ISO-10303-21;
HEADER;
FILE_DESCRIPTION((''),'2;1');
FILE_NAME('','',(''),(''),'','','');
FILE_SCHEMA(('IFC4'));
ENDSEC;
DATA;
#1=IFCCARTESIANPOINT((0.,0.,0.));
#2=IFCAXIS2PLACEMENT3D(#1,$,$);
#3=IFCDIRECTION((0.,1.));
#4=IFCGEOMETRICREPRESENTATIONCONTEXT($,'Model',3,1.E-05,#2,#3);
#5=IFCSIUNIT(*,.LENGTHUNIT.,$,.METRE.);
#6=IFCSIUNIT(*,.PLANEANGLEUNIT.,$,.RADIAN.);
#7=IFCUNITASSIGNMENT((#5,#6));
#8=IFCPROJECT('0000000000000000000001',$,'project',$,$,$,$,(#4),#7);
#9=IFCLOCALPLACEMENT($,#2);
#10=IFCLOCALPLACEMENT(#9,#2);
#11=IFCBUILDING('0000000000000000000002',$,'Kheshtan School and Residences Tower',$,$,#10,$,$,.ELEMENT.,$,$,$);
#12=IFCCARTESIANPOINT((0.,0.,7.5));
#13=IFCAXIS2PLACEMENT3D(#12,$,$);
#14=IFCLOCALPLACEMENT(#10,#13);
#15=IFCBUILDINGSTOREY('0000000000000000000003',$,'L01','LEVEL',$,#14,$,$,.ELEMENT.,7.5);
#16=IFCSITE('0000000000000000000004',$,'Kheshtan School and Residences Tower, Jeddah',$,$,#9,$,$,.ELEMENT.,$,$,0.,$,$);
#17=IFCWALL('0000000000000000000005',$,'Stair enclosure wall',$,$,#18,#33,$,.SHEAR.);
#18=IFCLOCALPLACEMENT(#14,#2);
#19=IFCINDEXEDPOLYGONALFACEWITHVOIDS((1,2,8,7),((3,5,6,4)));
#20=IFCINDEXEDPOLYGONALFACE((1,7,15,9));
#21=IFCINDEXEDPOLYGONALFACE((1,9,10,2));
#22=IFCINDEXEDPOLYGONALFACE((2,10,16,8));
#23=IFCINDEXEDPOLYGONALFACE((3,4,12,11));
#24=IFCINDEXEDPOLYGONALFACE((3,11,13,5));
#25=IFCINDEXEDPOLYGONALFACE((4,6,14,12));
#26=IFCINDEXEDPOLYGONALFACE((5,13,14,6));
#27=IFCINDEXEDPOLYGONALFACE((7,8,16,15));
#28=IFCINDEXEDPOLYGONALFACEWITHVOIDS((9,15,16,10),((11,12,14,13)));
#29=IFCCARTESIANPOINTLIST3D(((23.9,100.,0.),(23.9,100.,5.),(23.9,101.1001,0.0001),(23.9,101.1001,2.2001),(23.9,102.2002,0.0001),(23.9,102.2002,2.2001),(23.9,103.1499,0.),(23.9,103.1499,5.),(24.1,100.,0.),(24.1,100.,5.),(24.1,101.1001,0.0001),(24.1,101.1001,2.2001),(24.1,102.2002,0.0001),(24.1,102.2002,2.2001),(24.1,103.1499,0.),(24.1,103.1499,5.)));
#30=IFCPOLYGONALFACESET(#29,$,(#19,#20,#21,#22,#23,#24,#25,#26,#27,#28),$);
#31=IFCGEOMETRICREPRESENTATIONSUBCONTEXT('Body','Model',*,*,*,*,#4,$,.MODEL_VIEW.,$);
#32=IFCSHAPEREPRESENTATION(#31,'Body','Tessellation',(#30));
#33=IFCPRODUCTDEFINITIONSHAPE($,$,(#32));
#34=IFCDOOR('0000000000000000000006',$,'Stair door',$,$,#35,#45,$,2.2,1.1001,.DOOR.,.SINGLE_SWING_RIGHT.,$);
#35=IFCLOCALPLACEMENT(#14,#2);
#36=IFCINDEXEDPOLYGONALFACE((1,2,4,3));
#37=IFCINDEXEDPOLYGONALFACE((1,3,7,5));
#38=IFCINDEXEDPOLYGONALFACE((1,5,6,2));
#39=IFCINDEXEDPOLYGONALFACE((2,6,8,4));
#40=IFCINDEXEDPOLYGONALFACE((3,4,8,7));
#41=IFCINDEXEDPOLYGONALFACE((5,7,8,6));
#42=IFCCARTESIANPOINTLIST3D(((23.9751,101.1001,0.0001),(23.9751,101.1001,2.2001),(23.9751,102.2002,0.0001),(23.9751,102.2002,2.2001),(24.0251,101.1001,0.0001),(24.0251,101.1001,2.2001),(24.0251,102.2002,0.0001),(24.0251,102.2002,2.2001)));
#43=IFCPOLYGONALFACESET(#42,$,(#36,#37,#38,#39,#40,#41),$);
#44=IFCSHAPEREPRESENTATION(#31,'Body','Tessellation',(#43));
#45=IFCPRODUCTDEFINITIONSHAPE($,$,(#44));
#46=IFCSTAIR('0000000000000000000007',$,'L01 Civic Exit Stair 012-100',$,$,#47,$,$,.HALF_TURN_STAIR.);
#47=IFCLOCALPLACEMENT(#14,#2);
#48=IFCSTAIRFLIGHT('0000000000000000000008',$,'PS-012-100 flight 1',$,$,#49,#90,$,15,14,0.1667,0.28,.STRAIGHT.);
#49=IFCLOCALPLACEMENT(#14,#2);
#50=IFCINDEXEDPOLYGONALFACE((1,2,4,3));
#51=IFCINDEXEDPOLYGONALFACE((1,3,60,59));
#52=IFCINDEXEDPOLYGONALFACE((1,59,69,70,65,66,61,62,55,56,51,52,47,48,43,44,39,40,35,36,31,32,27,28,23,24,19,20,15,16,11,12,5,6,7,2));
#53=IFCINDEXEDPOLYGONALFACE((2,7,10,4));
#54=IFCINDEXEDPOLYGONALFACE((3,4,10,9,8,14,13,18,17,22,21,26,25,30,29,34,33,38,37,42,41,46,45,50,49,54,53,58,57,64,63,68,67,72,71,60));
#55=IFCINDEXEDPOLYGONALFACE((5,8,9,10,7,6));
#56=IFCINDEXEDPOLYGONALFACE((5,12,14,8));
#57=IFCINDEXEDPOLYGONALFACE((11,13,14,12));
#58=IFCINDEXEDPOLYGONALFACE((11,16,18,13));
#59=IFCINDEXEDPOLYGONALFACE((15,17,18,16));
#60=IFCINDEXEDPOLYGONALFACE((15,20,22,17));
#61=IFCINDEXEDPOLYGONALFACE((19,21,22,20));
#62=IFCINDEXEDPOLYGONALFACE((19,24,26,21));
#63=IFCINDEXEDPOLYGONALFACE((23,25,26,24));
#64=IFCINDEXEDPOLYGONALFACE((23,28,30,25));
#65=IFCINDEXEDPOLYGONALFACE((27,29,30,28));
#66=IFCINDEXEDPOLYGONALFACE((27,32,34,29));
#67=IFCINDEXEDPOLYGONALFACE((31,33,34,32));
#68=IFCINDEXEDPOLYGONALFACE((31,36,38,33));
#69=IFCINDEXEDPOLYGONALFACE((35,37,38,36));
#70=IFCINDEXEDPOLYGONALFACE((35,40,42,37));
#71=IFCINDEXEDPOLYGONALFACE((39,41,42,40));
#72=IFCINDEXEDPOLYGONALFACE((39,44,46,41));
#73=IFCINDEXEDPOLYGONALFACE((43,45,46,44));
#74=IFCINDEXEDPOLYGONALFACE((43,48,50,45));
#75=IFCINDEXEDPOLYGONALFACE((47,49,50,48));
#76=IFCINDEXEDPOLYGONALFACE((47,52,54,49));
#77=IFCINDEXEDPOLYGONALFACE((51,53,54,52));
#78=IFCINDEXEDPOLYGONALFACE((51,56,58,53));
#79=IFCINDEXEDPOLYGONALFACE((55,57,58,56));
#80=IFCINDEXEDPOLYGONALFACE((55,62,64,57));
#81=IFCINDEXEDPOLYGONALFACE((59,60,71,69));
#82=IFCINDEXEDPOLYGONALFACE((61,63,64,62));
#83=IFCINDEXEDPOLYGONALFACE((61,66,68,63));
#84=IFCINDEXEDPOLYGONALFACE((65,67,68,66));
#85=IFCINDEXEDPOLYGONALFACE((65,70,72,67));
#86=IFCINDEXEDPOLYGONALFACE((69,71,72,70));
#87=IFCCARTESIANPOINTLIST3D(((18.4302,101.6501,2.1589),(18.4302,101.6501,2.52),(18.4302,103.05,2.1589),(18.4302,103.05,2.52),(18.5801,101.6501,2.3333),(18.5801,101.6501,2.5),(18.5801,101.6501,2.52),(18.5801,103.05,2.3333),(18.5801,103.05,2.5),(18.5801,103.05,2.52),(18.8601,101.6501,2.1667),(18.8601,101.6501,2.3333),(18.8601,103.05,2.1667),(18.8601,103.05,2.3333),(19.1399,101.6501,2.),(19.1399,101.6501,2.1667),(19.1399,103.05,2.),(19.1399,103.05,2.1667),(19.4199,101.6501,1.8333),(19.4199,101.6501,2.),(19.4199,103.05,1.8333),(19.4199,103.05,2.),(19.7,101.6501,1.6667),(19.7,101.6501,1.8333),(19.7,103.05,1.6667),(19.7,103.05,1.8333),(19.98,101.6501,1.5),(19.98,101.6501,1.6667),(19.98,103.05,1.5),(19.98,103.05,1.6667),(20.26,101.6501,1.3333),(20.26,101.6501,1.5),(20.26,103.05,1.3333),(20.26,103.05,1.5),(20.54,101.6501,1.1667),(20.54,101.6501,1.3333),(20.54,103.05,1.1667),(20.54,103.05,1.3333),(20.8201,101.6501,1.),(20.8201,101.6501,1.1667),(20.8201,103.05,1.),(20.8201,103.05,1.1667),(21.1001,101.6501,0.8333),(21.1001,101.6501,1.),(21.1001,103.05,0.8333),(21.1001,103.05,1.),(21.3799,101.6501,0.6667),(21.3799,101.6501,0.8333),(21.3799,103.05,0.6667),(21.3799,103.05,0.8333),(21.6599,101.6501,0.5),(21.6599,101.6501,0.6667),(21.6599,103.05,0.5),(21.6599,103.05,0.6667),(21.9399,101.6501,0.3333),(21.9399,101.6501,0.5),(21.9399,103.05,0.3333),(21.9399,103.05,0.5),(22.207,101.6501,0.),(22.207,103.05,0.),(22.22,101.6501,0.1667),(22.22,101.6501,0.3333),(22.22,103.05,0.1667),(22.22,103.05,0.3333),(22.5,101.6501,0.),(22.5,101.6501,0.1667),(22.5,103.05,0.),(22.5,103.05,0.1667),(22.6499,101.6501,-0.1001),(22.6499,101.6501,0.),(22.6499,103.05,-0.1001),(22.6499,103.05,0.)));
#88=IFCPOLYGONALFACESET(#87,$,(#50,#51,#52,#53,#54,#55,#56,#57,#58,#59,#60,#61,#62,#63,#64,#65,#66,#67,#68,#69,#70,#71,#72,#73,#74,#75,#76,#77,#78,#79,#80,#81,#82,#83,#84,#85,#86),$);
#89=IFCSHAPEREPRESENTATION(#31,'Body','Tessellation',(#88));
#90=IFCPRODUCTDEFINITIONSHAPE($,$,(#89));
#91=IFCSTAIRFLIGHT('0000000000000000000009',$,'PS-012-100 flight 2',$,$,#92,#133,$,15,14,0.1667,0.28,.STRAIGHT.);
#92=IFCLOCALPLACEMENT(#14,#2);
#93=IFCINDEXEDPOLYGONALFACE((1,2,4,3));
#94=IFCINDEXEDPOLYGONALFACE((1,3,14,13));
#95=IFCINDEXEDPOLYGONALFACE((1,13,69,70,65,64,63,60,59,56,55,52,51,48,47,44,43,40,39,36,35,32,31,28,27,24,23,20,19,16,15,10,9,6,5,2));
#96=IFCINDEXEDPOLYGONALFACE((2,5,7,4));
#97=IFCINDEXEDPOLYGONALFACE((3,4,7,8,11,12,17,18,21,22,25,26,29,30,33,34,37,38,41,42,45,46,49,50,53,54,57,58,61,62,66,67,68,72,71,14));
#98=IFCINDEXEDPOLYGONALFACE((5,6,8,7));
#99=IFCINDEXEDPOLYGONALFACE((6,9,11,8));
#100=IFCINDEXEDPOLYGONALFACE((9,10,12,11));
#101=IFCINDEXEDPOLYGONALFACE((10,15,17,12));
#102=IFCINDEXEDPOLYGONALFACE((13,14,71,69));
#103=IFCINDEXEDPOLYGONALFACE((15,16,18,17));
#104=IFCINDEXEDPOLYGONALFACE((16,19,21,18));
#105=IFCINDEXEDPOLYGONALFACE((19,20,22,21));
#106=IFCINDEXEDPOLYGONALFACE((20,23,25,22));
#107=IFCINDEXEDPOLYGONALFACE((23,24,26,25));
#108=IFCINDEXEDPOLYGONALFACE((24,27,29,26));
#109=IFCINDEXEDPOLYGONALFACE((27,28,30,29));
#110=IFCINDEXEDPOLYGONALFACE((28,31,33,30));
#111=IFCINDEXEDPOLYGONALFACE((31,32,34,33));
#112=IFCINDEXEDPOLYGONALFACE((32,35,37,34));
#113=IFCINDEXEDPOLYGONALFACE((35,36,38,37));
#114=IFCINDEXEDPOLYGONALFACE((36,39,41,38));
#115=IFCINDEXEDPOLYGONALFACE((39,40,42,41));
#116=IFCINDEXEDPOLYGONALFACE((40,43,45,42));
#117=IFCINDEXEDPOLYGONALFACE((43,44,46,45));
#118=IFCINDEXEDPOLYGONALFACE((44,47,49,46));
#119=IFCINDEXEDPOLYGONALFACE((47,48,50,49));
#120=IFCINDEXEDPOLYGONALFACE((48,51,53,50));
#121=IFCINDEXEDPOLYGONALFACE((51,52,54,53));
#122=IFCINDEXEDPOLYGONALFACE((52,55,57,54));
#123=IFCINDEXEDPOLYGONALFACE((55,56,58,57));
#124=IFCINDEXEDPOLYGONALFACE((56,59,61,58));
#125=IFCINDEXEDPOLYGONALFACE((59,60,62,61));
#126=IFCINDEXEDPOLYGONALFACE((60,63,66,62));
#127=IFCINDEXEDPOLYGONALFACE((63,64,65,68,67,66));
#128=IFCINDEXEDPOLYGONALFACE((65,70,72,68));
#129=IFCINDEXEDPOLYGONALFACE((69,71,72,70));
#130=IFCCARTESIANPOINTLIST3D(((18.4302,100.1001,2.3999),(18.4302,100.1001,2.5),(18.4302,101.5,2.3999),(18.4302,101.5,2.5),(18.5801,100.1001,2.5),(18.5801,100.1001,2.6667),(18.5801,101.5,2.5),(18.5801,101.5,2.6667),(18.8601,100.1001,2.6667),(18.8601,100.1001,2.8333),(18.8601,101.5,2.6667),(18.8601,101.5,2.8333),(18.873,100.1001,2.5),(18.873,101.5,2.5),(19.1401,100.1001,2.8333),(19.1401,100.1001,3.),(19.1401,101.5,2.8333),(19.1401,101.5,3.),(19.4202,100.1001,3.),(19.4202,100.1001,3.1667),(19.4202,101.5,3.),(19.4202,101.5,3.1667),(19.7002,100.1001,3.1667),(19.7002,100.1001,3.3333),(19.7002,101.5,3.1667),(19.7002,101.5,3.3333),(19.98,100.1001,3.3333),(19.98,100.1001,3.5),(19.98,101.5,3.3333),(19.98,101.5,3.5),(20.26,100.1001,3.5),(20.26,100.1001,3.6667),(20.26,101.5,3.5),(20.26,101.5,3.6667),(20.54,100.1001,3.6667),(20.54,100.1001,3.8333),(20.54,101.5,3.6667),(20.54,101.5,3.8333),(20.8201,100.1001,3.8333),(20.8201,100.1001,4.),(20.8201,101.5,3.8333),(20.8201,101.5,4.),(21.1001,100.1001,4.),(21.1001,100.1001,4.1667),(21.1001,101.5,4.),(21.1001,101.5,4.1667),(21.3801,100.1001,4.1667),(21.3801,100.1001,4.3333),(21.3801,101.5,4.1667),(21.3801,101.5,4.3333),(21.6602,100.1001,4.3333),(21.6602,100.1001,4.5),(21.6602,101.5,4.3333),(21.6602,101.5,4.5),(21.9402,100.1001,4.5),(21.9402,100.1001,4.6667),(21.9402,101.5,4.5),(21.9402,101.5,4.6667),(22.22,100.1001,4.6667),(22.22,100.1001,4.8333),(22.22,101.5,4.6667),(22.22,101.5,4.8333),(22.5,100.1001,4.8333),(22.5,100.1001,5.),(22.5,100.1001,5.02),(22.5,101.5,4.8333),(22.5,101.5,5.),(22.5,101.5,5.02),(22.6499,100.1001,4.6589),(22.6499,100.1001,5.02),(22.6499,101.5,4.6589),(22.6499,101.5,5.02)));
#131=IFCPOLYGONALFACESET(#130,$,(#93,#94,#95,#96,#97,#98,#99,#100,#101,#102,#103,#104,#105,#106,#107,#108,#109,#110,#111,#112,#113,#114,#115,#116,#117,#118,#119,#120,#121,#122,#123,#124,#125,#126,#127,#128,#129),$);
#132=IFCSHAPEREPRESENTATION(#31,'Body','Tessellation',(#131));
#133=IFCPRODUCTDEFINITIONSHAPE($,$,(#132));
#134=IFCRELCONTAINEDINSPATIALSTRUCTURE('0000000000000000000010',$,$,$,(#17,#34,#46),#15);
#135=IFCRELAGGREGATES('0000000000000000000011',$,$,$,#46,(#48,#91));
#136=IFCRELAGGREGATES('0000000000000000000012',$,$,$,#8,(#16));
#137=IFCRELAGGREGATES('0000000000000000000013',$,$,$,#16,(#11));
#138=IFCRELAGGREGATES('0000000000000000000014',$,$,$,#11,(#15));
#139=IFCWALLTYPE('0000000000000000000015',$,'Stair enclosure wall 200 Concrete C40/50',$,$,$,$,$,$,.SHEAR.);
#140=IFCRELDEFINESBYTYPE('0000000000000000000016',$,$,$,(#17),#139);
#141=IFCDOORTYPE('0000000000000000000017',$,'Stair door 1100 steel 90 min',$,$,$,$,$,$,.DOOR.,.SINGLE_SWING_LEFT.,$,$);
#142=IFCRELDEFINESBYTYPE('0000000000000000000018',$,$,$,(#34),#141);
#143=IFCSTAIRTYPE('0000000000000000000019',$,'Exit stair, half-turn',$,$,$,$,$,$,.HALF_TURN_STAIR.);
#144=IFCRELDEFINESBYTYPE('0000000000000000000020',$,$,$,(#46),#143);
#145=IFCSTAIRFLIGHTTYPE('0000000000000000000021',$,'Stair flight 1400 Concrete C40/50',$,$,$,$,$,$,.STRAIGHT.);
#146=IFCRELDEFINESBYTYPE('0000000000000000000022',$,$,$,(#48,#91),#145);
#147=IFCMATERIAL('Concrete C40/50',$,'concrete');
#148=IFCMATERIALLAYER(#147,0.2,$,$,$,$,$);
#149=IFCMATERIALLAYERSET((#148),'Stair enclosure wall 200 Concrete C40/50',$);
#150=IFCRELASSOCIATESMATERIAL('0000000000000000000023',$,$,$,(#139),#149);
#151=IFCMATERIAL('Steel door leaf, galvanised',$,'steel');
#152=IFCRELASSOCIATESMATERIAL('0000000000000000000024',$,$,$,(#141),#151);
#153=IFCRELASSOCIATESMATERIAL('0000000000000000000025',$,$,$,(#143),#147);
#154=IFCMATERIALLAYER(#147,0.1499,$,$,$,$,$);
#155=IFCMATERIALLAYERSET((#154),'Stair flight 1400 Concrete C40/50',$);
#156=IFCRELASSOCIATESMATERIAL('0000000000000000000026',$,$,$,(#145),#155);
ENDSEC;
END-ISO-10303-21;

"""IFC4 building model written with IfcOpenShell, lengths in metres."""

from ifc_helpers import new_model, si_unit, direction, frame, frame_2d, origin, place, context, subcontext, project, spatial, polyline, rectangle, outline, extrude, source, transform, mapped, material, layer, layer_set, type_object, element, fill, aggregate, save


model = new_model("IFC4")

# Units and contexts
model_context = context("Model", 3, precision=1e-05, world=origin(), true_north=direction((0.0, 1.0)))
body_context = subcontext(model_context, "Body", "Model", "MODEL_VIEW")
ifc_project = project(units=[si_unit("LENGTHUNIT", "METRE"), si_unit("PLANEANGLEUNIT", "RADIAN")], contexts=[model_context])

# Site, building, storey
site_placement = place(None, origin())
site = spatial("IfcSite", under=ifc_project, at=site_placement, Name="Kheshtan School and Residences Tower, Jeddah", CompositionType="ELEMENT", RefElevation=0.0)
building_placement = place(site_placement, origin())
building = spatial("IfcBuilding", under=site, at=building_placement, Name="Kheshtan School and Residences Tower", CompositionType="ELEMENT")
storey_placement = place(building_placement, frame((0.0, 0.0, 7.5)))
storey = spatial("IfcBuildingStorey", under=building, at=storey_placement, Name="L01", Description="LEVEL", CompositionType="ELEMENT", Elevation=7.5)

# Wall, opening, door
ifc_material_1 = material(Name="Concrete C40/50", Category="concrete")
ifc_layer_1 = layer(ifc_material_1, 0.2)
ifc_layer_set_1 = layer_set([ifc_layer_1], Name="Stair enclosure wall 200 Concrete C40/50")
wall_type_1 = type_object("IfcWallType", Name="Stair enclosure wall 200 Concrete C40/50", PredefinedType="SHEAR", material=ifc_layer_set_1)
wall_1_placement = place(storey_placement, frame((24.0, 100.0, 0.0), z_axis=(0.0, 0.0, 1.0), x_axis=(0.0, 1.0, 0.0)))
wall_1 = element("IfcWall", 1, at=wall_1_placement, inside=storey, type_object=wall_type_1, Name="Stair enclosure wall", PredefinedType="SHEAR", context=body_context, shape_type="SweptSolid", body=[
    extrude(rectangle(XDim=3.1499, YDim=0.2, at=frame_2d((1.575, 0.0))), origin(), (0.0, 0.0, 1.0), 5.0),
])
opening_1_placement = place(wall_1_placement, frame((1.1001, 0.0, 0.0)))
opening_1 = element("IfcOpeningElement", 2, at=opening_1_placement, cuts=wall_1, PredefinedType="OPENING", context=body_context, shape_type="SweptSolid", body=[
    extrude(rectangle(XDim=1.1001, YDim=2.2, at=frame_2d((0.55, 1.1001))), frame((0.0, 0.1099, 0.0), z_axis=(0.0, -1.0, 0.0), x_axis=(1.0, 0.0, 0.0)), (0.0, 0.0, 1.0), 0.22),
])
ifc_material_2 = material(Name="Steel door leaf, galvanised", Category="steel")
door_type_1 = type_object("IfcDoorType", Name="Stair door 1100 steel 90 min", OperationType="SINGLE_SWING_LEFT", PredefinedType="DOOR", material=ifc_material_2)
shared_shape_1 = source(origin(), body_context, "Body", "SweptSolid", [
    extrude(rectangle(XDim=1.1001, YDim=2.2, at=frame_2d((0.55, 1.1001))), frame((0.0, 0.0249, 0.0), z_axis=(0.0, -1.0, 0.0), x_axis=(1.0, 0.0, 0.0)), (0.0, 0.0, 1.0), 0.05),
])
door_1_placement = place(opening_1_placement, origin())
door_1 = element("IfcDoor", 3, at=door_1_placement, inside=storey, type_object=door_type_1, Name="Stair door", OperationType="SINGLE_SWING_RIGHT", OverallHeight=2.2, OverallWidth=1.1001, PredefinedType="DOOR", context=body_context, shape_type="MappedRepresentation", body=[
    mapped(shared_shape_1, transform((0.0, 0.0, 0.0), x_axis=(1.0, 0.0, 0.0), y_axis=(0.0, 1.0, 0.0), z_axis=(0.0, 0.0, 1.0), scale=1.0)),
])
fill(opening_1, door_1)

# Stair, stair flights
stair_type = type_object("IfcStairType", Name="Exit stair, half-turn", PredefinedType="HALF_TURN_STAIR", material=ifc_material_1)
stair_placement = place(storey_placement, origin())
stair = element("IfcStair", 4, at=stair_placement, inside=storey, type_object=stair_type, Name="L01 Civic Exit Stair 012-100", PredefinedType="HALF_TURN_STAIR")
ifc_layer_2 = layer(ifc_material_1, 0.1499)
ifc_layer_set_2 = layer_set([ifc_layer_2], Name="Stair flight 1400 Concrete C40/50")
stair_flight_type = type_object("IfcStairFlightType", Name="Stair flight 1400 Concrete C40/50", PredefinedType="STRAIGHT", material=ifc_layer_set_2)
stair_flight_1_placement = place(storey_placement, frame((22.5, 102.3501, 0.0), z_axis=(0.0, 0.0, 1.0), x_axis=(-1.0, 0.0, 0.0)))
stair_flight_1 = element("IfcStairFlight", 5, at=stair_flight_1_placement, type_object=stair_flight_type, Name="PS-012-100 flight 1", NumberOfRisers=15, NumberOfTreads=14, PredefinedType="STRAIGHT", RiserHeight=0.1667, TreadLength=0.28, context=body_context, shape_type="SweptSolid", body=[
    extrude(outline(polyline([(-0.1499, -0.1001), (-0.1499, 0.0), (0.0, 0.0), (0.0, 0.1667), (0.28, 0.1667), (0.28, 0.3333), (0.5601, 0.3333), (0.5601, 0.5), (0.8401, 0.5), (0.8401, 0.6667), (1.1201, 0.6667), (1.1201, 0.8333), (1.3999, 0.8333), (1.3999, 1.0), (1.6799, 1.0), (1.6799, 1.1667), (1.96, 1.1667), (1.96, 1.3333), (2.24, 1.3333), (2.24, 1.5), (2.52, 1.5), (2.52, 1.6667), (2.8, 1.6667), (2.8, 1.8333), (3.0801, 1.8333), (3.0801, 2.0), (3.3601, 2.0), (3.3601, 2.1667), (3.6399, 2.1667), (3.6399, 2.3333), (3.9199, 2.3333), (3.9199, 2.5), (3.9199, 2.52), (4.0698, 2.52), (4.0698, 2.1589), (0.293, 0.0), (-0.1499, -0.1001)])), frame((0.0, 0.7, 0.0), z_axis=(0.0, -1.0, 0.0), x_axis=(1.0, 0.0, 0.0)), (0.0, 0.0, 1.0), 1.3999),
])
stair_flight_2_placement = place(storey_placement, frame((18.5801, 100.8, 2.5), z_axis=(0.0, 0.0, 1.0), x_axis=(1.0, 0.0, 0.0)))
stair_flight_2 = element("IfcStairFlight", 6, at=stair_flight_2_placement, type_object=stair_flight_type, Name="PS-012-100 flight 2", NumberOfRisers=15, NumberOfTreads=14, PredefinedType="STRAIGHT", RiserHeight=0.1667, TreadLength=0.28, context=body_context, shape_type="SweptSolid", body=[
    extrude(outline(polyline([(-0.1499, -0.1001), (-0.1499, 0.0), (0.0, 0.0), (0.0, 0.1667), (0.28, 0.1667), (0.28, 0.3333), (0.5601, 0.3333), (0.5601, 0.5), (0.8401, 0.5), (0.8401, 0.6667), (1.1201, 0.6667), (1.1201, 0.8333), (1.3999, 0.8333), (1.3999, 1.0), (1.6799, 1.0), (1.6799, 1.1667), (1.96, 1.1667), (1.96, 1.3333), (2.24, 1.3333), (2.24, 1.5), (2.52, 1.5), (2.52, 1.6667), (2.8, 1.6667), (2.8, 1.8333), (3.0801, 1.8333), (3.0801, 2.0), (3.3601, 2.0), (3.3601, 2.1667), (3.6399, 2.1667), (3.6399, 2.3333), (3.9199, 2.3333), (3.9199, 2.5), (3.9199, 2.52), (4.0698, 2.52), (4.0698, 2.1589), (0.293, 0.0), (-0.1499, -0.1001)])), frame((0.0, 0.7, 0.0), z_axis=(0.0, -1.0, 0.0), x_axis=(1.0, 0.0, 0.0)), (0.0, 0.0, 1.0), 1.3999),
])
aggregate(stair, [stair_flight_1, stair_flight_2])

save(model, "model.ifc")
